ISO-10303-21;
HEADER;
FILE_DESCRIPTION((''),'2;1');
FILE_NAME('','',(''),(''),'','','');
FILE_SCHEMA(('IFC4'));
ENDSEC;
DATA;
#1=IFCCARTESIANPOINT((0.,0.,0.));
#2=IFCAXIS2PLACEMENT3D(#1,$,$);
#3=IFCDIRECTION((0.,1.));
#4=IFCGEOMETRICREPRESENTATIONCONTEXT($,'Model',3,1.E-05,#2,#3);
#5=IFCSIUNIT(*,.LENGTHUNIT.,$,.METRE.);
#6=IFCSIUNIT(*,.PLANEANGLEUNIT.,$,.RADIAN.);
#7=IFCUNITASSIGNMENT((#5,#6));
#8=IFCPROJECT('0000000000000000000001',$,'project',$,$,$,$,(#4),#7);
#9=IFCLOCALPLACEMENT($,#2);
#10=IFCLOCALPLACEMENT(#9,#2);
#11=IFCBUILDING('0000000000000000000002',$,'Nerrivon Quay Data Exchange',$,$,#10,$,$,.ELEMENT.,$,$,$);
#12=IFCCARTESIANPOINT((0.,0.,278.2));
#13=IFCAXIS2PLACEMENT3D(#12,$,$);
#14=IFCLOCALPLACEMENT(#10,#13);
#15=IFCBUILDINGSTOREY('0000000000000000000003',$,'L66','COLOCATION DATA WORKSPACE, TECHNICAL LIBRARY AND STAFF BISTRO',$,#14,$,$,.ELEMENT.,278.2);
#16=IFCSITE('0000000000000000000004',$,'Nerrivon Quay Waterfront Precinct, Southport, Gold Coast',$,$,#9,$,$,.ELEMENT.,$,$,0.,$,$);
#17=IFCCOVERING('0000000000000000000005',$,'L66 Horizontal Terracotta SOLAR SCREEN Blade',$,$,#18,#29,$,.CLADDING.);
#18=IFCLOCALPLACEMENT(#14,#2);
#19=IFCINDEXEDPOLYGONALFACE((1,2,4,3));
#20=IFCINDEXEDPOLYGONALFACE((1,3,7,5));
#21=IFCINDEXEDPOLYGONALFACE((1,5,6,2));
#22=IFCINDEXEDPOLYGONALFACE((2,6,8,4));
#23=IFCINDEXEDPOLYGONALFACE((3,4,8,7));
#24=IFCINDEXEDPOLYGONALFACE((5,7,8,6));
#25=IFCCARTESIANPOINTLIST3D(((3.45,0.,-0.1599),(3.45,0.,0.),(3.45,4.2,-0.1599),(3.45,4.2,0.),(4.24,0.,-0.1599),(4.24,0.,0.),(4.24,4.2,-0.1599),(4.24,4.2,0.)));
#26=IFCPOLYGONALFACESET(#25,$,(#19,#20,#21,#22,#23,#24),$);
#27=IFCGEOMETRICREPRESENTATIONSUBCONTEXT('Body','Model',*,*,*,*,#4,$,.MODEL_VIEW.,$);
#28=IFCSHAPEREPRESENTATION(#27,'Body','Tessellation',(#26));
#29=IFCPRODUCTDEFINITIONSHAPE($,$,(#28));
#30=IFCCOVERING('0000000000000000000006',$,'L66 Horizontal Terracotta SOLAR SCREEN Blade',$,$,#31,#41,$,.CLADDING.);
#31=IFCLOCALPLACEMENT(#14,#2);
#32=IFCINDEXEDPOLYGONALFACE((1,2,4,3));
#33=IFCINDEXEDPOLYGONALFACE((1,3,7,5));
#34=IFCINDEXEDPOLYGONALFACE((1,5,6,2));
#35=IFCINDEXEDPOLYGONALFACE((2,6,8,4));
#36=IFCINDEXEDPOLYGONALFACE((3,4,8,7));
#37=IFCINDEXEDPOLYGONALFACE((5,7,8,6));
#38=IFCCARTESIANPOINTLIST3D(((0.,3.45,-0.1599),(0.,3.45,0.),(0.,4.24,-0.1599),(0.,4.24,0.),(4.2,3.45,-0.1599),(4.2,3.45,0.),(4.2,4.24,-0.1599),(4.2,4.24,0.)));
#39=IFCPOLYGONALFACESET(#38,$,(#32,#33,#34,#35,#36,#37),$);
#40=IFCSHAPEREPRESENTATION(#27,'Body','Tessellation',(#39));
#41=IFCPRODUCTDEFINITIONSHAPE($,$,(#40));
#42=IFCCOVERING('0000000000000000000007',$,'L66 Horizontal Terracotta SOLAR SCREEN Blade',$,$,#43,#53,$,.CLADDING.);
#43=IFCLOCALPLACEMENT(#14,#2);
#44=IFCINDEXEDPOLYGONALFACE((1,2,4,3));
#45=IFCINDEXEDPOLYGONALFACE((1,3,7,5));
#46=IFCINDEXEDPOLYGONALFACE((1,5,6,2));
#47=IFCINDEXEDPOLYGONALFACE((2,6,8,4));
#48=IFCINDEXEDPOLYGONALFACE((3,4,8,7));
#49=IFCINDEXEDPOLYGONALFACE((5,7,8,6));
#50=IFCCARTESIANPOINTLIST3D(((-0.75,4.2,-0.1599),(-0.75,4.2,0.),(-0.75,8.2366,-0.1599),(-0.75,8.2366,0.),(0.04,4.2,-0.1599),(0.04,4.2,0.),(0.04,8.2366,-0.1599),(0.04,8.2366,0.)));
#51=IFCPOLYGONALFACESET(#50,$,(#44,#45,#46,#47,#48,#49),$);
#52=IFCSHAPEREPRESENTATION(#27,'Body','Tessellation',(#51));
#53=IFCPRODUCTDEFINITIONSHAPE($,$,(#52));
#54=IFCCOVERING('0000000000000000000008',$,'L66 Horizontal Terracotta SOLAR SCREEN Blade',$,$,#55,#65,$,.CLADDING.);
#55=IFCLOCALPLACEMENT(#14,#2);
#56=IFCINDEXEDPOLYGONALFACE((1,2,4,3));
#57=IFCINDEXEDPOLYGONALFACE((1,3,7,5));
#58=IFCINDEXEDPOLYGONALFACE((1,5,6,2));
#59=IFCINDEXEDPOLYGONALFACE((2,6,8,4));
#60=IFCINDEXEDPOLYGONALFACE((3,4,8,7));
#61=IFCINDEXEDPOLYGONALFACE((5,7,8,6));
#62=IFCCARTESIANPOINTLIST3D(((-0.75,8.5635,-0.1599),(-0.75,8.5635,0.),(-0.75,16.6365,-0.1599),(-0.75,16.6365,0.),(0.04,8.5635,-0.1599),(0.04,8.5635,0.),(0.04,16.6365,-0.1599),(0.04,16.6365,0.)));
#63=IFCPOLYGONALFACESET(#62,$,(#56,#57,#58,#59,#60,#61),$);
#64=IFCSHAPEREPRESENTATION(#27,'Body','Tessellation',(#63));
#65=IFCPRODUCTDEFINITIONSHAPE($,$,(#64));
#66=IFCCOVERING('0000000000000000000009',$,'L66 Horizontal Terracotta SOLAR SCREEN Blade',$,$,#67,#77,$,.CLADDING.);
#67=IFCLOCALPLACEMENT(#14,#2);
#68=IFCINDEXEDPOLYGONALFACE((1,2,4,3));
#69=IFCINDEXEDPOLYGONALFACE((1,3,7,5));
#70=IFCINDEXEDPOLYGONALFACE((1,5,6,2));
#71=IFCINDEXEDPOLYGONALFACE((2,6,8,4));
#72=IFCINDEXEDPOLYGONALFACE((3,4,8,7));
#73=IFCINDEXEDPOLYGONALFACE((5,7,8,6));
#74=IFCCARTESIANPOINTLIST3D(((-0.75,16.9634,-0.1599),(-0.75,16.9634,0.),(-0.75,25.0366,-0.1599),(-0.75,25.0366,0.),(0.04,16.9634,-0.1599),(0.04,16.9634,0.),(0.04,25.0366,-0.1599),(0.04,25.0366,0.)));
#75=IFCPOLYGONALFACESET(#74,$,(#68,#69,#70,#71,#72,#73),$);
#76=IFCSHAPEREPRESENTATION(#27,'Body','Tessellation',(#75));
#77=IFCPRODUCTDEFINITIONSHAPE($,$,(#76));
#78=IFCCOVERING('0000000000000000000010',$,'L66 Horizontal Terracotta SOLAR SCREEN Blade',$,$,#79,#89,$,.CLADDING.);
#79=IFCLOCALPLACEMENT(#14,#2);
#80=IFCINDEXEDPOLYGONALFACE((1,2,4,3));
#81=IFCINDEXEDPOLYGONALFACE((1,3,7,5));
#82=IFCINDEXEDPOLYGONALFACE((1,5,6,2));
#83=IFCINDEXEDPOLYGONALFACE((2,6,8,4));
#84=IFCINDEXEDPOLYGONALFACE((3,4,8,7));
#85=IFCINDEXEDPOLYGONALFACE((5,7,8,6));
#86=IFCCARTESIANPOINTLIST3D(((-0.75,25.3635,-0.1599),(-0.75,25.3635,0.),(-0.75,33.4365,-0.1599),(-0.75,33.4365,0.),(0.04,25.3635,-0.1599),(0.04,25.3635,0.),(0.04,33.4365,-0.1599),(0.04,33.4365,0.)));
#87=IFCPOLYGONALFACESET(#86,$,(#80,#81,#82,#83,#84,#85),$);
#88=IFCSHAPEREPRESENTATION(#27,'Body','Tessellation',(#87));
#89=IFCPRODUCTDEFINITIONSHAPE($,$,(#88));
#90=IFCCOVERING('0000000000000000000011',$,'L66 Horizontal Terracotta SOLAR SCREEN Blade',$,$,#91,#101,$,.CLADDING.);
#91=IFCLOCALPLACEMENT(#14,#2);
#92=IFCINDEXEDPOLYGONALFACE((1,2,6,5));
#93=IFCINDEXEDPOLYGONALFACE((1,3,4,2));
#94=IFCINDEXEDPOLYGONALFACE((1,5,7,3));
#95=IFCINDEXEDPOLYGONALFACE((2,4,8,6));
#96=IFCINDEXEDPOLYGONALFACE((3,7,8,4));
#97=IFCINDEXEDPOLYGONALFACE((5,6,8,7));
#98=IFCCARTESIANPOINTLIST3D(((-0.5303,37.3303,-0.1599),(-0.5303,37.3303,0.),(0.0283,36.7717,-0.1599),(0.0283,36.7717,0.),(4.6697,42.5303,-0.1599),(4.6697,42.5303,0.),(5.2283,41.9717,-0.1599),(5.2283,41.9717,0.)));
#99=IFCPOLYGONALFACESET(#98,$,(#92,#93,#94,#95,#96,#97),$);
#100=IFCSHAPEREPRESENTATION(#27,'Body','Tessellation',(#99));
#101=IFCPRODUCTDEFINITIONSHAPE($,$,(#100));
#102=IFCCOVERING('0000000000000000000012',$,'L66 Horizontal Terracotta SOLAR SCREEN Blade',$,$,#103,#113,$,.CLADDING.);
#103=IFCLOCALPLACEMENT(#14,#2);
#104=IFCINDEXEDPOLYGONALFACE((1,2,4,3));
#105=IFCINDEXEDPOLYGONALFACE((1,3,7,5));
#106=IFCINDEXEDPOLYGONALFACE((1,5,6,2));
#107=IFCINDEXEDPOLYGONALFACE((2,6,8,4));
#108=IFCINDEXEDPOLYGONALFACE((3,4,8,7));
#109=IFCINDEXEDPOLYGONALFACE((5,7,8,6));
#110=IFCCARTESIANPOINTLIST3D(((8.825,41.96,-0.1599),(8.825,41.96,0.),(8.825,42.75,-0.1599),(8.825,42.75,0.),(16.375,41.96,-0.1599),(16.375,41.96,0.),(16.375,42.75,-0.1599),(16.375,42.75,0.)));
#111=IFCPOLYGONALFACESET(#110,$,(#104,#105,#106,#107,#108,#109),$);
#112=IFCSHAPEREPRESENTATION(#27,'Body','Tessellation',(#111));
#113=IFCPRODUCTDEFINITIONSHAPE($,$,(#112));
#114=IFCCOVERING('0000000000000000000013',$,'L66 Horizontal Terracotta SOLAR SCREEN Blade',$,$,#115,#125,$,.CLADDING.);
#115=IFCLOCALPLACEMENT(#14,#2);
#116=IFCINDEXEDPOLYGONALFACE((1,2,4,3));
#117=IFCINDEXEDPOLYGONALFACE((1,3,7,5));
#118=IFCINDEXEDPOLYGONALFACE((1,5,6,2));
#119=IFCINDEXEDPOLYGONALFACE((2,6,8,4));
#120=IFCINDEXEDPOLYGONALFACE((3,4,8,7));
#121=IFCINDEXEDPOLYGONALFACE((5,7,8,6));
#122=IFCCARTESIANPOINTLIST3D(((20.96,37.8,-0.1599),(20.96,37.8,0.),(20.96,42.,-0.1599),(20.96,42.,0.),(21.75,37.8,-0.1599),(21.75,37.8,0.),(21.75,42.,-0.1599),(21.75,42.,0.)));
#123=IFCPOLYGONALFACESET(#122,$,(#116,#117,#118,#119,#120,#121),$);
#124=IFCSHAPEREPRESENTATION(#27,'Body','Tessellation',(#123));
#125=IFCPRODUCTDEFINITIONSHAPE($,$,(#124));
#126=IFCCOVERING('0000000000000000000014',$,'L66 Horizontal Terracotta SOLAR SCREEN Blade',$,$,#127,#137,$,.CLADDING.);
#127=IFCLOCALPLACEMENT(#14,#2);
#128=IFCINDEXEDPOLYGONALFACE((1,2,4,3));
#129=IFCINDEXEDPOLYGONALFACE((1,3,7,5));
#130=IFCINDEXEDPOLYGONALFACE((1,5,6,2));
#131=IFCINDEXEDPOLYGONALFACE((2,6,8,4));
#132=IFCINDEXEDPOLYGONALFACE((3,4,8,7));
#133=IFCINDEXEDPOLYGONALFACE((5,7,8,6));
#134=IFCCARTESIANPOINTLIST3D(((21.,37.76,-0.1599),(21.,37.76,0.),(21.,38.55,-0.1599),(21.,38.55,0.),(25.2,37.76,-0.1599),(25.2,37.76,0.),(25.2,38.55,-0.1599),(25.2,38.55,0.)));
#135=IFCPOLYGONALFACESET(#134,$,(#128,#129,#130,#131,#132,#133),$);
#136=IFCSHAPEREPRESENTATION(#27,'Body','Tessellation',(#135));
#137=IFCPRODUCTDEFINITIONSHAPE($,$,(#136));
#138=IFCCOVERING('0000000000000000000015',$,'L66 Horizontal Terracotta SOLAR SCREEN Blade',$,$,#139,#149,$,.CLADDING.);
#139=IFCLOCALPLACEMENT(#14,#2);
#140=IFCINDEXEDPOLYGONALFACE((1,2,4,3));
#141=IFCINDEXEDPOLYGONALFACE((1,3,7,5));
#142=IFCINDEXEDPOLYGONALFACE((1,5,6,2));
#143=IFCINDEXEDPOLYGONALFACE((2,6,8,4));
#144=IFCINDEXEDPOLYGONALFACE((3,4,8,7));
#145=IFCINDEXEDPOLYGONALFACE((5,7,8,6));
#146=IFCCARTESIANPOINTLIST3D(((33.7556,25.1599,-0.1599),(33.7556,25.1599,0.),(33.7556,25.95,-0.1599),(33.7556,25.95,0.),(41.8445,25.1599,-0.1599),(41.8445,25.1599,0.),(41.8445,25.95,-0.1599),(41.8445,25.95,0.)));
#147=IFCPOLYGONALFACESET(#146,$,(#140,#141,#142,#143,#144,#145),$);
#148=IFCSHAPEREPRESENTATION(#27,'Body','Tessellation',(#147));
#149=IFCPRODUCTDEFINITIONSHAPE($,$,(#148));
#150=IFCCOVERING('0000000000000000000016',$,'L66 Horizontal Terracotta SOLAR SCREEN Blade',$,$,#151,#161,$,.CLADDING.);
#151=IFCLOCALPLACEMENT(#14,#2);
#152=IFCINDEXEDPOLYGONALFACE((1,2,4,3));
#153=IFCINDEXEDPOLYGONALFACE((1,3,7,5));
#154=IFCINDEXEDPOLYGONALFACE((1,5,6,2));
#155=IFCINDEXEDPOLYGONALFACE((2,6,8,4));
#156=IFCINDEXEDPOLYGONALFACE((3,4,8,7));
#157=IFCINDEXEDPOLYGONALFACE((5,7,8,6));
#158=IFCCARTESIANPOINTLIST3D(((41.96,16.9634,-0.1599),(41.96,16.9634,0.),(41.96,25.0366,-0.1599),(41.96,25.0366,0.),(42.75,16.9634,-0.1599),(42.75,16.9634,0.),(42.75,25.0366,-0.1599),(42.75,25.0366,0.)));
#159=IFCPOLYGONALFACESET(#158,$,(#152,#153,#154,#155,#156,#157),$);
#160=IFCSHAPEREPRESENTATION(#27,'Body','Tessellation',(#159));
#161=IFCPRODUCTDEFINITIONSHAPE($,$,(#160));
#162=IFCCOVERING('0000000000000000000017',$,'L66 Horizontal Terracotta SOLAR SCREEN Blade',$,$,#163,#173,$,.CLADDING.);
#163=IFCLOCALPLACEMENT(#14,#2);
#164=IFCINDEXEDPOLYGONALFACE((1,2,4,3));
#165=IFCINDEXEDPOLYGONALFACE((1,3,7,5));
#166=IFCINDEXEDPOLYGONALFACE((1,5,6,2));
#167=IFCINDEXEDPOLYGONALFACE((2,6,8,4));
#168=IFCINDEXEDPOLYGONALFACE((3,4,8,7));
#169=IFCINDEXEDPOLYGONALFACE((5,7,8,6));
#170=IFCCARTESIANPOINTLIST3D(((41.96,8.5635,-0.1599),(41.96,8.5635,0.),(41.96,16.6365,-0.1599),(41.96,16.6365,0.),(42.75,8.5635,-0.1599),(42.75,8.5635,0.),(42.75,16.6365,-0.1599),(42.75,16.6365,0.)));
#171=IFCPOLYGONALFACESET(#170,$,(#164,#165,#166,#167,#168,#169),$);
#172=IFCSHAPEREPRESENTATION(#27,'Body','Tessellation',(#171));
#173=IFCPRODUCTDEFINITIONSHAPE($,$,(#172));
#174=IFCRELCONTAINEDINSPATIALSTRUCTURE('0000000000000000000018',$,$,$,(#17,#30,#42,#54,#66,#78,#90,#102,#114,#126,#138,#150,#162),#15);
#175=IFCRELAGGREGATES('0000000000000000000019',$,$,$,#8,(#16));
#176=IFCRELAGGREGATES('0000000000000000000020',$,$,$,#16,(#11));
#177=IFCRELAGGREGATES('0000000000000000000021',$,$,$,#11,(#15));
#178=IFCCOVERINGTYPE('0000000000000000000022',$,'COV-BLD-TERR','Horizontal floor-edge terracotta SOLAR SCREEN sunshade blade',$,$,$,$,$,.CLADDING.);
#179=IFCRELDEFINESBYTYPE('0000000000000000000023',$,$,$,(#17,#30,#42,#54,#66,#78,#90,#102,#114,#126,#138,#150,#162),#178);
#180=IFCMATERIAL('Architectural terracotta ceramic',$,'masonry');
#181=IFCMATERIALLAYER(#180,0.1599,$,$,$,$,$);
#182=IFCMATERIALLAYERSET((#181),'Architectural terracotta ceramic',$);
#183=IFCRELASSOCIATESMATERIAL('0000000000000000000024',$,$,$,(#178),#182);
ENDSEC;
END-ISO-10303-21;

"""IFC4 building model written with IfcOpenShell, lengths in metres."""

from ifc_helpers import new_model, si_unit, direction, frame, origin, place, context, subcontext, project, spatial, polyline, outline, extrude, material, layer, layer_set, type_object, element, save


model = new_model("IFC4")

# Units and contexts
model_context = context("Model", 3, precision=1e-05, world=origin(), true_north=direction((0.0, 1.0)))
body_context = subcontext(model_context, "Body", "Model", "MODEL_VIEW")
ifc_project = project(units=[si_unit("LENGTHUNIT", "METRE"), si_unit("PLANEANGLEUNIT", "RADIAN")], contexts=[model_context])

# Site, building, storey
site_placement = place(None, origin())
site = spatial("IfcSite", under=ifc_project, at=site_placement, Name="Nerrivon Quay Waterfront Precinct, Southport, Gold Coast", CompositionType="ELEMENT", RefElevation=0.0)
building_placement = place(site_placement, origin())
building = spatial("IfcBuilding", under=site, at=building_placement, Name="Nerrivon Quay Data Exchange", CompositionType="ELEMENT")
storey_placement = place(building_placement, frame((0.0, 0.0, 278.2)))
storey = spatial("IfcBuildingStorey", under=building, at=storey_placement, Name="L66", Description="COLOCATION DATA WORKSPACE, TECHNICAL LIBRARY AND STAFF BISTRO", CompositionType="ELEMENT", Elevation=278.2)

# Coverings
ifc_material_1 = material(Name="Architectural terracotta ceramic", Category="masonry")
ifc_layer_1 = layer(ifc_material_1, 0.1599)
ifc_layer_set_1 = layer_set([ifc_layer_1], Name="Architectural terracotta ceramic")
covering_type = type_object("IfcCoveringType", Name="COV-BLD-TERR", Description="Horizontal floor-edge terracotta SOLAR SCREEN sunshade blade", PredefinedType="CLADDING", material=ifc_layer_set_1)
covering_1_placement = place(storey_placement, frame((0.0, 0.0, -0.1599)))
element("IfcCovering", 1, at=covering_1_placement, inside=storey, type_object=covering_type, Name="L66 Horizontal Terracotta SOLAR SCREEN Blade", PredefinedType="CLADDING", context=body_context, shape_type="SweptSolid", body=[
    extrude(outline(polyline([(4.24, 0.0), (4.24, 4.2), (3.45, 4.2), (3.45, 0.0), (4.24, 0.0)])), origin(), (0.0, 0.0, 1.0), 0.1599),
])
covering_2_placement = place(storey_placement, frame((0.0, 0.0, -0.1599)))
element("IfcCovering", 2, at=covering_2_placement, inside=storey, type_object=covering_type, Name="L66 Horizontal Terracotta SOLAR SCREEN Blade", PredefinedType="CLADDING", context=body_context, shape_type="SweptSolid", body=[
    extrude(outline(polyline([(4.2, 4.24), (0.0, 4.24), (0.0, 3.45), (4.2, 3.45), (4.2, 4.24)])), origin(), (0.0, 0.0, 1.0), 0.1599),
])
covering_3_placement = place(storey_placement, frame((0.0, 0.0, -0.1599)))
element("IfcCovering", 3, at=covering_3_placement, inside=storey, type_object=covering_type, Name="L66 Horizontal Terracotta SOLAR SCREEN Blade", PredefinedType="CLADDING", context=body_context, shape_type="SweptSolid", body=[
    extrude(outline(polyline([(0.04, 4.2), (0.04, 8.2366), (-0.75, 8.2366), (-0.75, 4.2), (0.04, 4.2)])), origin(), (0.0, 0.0, 1.0), 0.1599),
])
covering_4_placement = place(storey_placement, frame((0.0, 0.0, -0.1599)))
element("IfcCovering", 4, at=covering_4_placement, inside=storey, type_object=covering_type, Name="L66 Horizontal Terracotta SOLAR SCREEN Blade", PredefinedType="CLADDING", context=body_context, shape_type="SweptSolid", body=[
    extrude(outline(polyline([(0.04, 8.5635), (0.04, 16.6365), (-0.75, 16.6365), (-0.75, 8.5635), (0.04, 8.5635)])), origin(), (0.0, 0.0, 1.0), 0.1599),
])
covering_5_placement = place(storey_placement, frame((0.0, 0.0, -0.1599)))
element("IfcCovering", 5, at=covering_5_placement, inside=storey, type_object=covering_type, Name="L66 Horizontal Terracotta SOLAR SCREEN Blade", PredefinedType="CLADDING", context=body_context, shape_type="SweptSolid", body=[
    extrude(outline(polyline([(0.04, 16.9634), (0.04, 25.0366), (-0.75, 25.0366), (-0.75, 16.9634), (0.04, 16.9634)])), origin(), (0.0, 0.0, 1.0), 0.1599),
])
covering_6_placement = place(storey_placement, frame((0.0, 0.0, -0.1599)))
element("IfcCovering", 6, at=covering_6_placement, inside=storey, type_object=covering_type, Name="L66 Horizontal Terracotta SOLAR SCREEN Blade", PredefinedType="CLADDING", context=body_context, shape_type="SweptSolid", body=[
    extrude(outline(polyline([(0.04, 25.3635), (0.04, 33.4365), (-0.75, 33.4365), (-0.75, 25.3635), (0.04, 25.3635)])), origin(), (0.0, 0.0, 1.0), 0.1599),
])
covering_7_placement = place(storey_placement, frame((0.0, 0.0, -0.1599)))
element("IfcCovering", 7, at=covering_7_placement, inside=storey, type_object=covering_type, Name="L66 Horizontal Terracotta SOLAR SCREEN Blade", PredefinedType="CLADDING", context=body_context, shape_type="SweptSolid", body=[
    extrude(outline(polyline([(0.0283, 36.7717), (5.2283, 41.9717), (4.6697, 42.5303), (-0.5303, 37.3303), (0.0283, 36.7717)])), origin(), (0.0, 0.0, 1.0), 0.1599),
])
covering_8_placement = place(storey_placement, frame((0.0, 0.0, -0.1599)))
element("IfcCovering", 8, at=covering_8_placement, inside=storey, type_object=covering_type, Name="L66 Horizontal Terracotta SOLAR SCREEN Blade", PredefinedType="CLADDING", context=body_context, shape_type="SweptSolid", body=[
    extrude(outline(polyline([(8.825, 41.96), (16.375, 41.96), (16.375, 42.75), (8.825, 42.75), (8.825, 41.96)])), origin(), (0.0, 0.0, 1.0), 0.1599),
])
covering_9_placement = place(storey_placement, frame((0.0, 0.0, -0.1599)))
element("IfcCovering", 9, at=covering_9_placement, inside=storey, type_object=covering_type, Name="L66 Horizontal Terracotta SOLAR SCREEN Blade", PredefinedType="CLADDING", context=body_context, shape_type="SweptSolid", body=[
    extrude(outline(polyline([(20.96, 42.0), (20.96, 37.8), (21.75, 37.8), (21.75, 42.0), (20.96, 42.0)])), origin(), (0.0, 0.0, 1.0), 0.1599),
])
covering_10_placement = place(storey_placement, frame((0.0, 0.0, -0.1599)))
element("IfcCovering", 10, at=covering_10_placement, inside=storey, type_object=covering_type, Name="L66 Horizontal Terracotta SOLAR SCREEN Blade", PredefinedType="CLADDING", context=body_context, shape_type="SweptSolid", body=[
    extrude(outline(polyline([(21.0, 37.76), (25.2, 37.76), (25.2, 38.55), (21.0, 38.55), (21.0, 37.76)])), origin(), (0.0, 0.0, 1.0), 0.1599),
])
covering_11_placement = place(storey_placement, frame((0.0, 0.0, -0.1599)))
element("IfcCovering", 11, at=covering_11_placement, inside=storey, type_object=covering_type, Name="L66 Horizontal Terracotta SOLAR SCREEN Blade", PredefinedType="CLADDING", context=body_context, shape_type="SweptSolid", body=[
    extrude(outline(polyline([(33.7556, 25.1599), (41.8445, 25.1599), (41.8445, 25.95), (33.7556, 25.95), (33.7556, 25.1599)])), origin(), (0.0, 0.0, 1.0), 0.1599),
])
covering_12_placement = place(storey_placement, frame((0.0, 0.0, -0.1599)))
element("IfcCovering", 12, at=covering_12_placement, inside=storey, type_object=covering_type, Name="L66 Horizontal Terracotta SOLAR SCREEN Blade", PredefinedType="CLADDING", context=body_context, shape_type="SweptSolid", body=[
    extrude(outline(polyline([(41.96, 25.0366), (41.96, 16.9634), (42.75, 16.9634), (42.75, 25.0366), (41.96, 25.0366)])), origin(), (0.0, 0.0, 1.0), 0.1599),
])
covering_13_placement = place(storey_placement, frame((0.0, 0.0, -0.1599)))
element("IfcCovering", 13, at=covering_13_placement, inside=storey, type_object=covering_type, Name="L66 Horizontal Terracotta SOLAR SCREEN Blade", PredefinedType="CLADDING", context=body_context, shape_type="SweptSolid", body=[
    extrude(outline(polyline([(41.96, 16.6365), (41.96, 8.5635), (42.75, 8.5635), (42.75, 16.6365), (41.96, 16.6365)])), origin(), (0.0, 0.0, 1.0), 0.1599),
])

save(model, "model.ifc")
